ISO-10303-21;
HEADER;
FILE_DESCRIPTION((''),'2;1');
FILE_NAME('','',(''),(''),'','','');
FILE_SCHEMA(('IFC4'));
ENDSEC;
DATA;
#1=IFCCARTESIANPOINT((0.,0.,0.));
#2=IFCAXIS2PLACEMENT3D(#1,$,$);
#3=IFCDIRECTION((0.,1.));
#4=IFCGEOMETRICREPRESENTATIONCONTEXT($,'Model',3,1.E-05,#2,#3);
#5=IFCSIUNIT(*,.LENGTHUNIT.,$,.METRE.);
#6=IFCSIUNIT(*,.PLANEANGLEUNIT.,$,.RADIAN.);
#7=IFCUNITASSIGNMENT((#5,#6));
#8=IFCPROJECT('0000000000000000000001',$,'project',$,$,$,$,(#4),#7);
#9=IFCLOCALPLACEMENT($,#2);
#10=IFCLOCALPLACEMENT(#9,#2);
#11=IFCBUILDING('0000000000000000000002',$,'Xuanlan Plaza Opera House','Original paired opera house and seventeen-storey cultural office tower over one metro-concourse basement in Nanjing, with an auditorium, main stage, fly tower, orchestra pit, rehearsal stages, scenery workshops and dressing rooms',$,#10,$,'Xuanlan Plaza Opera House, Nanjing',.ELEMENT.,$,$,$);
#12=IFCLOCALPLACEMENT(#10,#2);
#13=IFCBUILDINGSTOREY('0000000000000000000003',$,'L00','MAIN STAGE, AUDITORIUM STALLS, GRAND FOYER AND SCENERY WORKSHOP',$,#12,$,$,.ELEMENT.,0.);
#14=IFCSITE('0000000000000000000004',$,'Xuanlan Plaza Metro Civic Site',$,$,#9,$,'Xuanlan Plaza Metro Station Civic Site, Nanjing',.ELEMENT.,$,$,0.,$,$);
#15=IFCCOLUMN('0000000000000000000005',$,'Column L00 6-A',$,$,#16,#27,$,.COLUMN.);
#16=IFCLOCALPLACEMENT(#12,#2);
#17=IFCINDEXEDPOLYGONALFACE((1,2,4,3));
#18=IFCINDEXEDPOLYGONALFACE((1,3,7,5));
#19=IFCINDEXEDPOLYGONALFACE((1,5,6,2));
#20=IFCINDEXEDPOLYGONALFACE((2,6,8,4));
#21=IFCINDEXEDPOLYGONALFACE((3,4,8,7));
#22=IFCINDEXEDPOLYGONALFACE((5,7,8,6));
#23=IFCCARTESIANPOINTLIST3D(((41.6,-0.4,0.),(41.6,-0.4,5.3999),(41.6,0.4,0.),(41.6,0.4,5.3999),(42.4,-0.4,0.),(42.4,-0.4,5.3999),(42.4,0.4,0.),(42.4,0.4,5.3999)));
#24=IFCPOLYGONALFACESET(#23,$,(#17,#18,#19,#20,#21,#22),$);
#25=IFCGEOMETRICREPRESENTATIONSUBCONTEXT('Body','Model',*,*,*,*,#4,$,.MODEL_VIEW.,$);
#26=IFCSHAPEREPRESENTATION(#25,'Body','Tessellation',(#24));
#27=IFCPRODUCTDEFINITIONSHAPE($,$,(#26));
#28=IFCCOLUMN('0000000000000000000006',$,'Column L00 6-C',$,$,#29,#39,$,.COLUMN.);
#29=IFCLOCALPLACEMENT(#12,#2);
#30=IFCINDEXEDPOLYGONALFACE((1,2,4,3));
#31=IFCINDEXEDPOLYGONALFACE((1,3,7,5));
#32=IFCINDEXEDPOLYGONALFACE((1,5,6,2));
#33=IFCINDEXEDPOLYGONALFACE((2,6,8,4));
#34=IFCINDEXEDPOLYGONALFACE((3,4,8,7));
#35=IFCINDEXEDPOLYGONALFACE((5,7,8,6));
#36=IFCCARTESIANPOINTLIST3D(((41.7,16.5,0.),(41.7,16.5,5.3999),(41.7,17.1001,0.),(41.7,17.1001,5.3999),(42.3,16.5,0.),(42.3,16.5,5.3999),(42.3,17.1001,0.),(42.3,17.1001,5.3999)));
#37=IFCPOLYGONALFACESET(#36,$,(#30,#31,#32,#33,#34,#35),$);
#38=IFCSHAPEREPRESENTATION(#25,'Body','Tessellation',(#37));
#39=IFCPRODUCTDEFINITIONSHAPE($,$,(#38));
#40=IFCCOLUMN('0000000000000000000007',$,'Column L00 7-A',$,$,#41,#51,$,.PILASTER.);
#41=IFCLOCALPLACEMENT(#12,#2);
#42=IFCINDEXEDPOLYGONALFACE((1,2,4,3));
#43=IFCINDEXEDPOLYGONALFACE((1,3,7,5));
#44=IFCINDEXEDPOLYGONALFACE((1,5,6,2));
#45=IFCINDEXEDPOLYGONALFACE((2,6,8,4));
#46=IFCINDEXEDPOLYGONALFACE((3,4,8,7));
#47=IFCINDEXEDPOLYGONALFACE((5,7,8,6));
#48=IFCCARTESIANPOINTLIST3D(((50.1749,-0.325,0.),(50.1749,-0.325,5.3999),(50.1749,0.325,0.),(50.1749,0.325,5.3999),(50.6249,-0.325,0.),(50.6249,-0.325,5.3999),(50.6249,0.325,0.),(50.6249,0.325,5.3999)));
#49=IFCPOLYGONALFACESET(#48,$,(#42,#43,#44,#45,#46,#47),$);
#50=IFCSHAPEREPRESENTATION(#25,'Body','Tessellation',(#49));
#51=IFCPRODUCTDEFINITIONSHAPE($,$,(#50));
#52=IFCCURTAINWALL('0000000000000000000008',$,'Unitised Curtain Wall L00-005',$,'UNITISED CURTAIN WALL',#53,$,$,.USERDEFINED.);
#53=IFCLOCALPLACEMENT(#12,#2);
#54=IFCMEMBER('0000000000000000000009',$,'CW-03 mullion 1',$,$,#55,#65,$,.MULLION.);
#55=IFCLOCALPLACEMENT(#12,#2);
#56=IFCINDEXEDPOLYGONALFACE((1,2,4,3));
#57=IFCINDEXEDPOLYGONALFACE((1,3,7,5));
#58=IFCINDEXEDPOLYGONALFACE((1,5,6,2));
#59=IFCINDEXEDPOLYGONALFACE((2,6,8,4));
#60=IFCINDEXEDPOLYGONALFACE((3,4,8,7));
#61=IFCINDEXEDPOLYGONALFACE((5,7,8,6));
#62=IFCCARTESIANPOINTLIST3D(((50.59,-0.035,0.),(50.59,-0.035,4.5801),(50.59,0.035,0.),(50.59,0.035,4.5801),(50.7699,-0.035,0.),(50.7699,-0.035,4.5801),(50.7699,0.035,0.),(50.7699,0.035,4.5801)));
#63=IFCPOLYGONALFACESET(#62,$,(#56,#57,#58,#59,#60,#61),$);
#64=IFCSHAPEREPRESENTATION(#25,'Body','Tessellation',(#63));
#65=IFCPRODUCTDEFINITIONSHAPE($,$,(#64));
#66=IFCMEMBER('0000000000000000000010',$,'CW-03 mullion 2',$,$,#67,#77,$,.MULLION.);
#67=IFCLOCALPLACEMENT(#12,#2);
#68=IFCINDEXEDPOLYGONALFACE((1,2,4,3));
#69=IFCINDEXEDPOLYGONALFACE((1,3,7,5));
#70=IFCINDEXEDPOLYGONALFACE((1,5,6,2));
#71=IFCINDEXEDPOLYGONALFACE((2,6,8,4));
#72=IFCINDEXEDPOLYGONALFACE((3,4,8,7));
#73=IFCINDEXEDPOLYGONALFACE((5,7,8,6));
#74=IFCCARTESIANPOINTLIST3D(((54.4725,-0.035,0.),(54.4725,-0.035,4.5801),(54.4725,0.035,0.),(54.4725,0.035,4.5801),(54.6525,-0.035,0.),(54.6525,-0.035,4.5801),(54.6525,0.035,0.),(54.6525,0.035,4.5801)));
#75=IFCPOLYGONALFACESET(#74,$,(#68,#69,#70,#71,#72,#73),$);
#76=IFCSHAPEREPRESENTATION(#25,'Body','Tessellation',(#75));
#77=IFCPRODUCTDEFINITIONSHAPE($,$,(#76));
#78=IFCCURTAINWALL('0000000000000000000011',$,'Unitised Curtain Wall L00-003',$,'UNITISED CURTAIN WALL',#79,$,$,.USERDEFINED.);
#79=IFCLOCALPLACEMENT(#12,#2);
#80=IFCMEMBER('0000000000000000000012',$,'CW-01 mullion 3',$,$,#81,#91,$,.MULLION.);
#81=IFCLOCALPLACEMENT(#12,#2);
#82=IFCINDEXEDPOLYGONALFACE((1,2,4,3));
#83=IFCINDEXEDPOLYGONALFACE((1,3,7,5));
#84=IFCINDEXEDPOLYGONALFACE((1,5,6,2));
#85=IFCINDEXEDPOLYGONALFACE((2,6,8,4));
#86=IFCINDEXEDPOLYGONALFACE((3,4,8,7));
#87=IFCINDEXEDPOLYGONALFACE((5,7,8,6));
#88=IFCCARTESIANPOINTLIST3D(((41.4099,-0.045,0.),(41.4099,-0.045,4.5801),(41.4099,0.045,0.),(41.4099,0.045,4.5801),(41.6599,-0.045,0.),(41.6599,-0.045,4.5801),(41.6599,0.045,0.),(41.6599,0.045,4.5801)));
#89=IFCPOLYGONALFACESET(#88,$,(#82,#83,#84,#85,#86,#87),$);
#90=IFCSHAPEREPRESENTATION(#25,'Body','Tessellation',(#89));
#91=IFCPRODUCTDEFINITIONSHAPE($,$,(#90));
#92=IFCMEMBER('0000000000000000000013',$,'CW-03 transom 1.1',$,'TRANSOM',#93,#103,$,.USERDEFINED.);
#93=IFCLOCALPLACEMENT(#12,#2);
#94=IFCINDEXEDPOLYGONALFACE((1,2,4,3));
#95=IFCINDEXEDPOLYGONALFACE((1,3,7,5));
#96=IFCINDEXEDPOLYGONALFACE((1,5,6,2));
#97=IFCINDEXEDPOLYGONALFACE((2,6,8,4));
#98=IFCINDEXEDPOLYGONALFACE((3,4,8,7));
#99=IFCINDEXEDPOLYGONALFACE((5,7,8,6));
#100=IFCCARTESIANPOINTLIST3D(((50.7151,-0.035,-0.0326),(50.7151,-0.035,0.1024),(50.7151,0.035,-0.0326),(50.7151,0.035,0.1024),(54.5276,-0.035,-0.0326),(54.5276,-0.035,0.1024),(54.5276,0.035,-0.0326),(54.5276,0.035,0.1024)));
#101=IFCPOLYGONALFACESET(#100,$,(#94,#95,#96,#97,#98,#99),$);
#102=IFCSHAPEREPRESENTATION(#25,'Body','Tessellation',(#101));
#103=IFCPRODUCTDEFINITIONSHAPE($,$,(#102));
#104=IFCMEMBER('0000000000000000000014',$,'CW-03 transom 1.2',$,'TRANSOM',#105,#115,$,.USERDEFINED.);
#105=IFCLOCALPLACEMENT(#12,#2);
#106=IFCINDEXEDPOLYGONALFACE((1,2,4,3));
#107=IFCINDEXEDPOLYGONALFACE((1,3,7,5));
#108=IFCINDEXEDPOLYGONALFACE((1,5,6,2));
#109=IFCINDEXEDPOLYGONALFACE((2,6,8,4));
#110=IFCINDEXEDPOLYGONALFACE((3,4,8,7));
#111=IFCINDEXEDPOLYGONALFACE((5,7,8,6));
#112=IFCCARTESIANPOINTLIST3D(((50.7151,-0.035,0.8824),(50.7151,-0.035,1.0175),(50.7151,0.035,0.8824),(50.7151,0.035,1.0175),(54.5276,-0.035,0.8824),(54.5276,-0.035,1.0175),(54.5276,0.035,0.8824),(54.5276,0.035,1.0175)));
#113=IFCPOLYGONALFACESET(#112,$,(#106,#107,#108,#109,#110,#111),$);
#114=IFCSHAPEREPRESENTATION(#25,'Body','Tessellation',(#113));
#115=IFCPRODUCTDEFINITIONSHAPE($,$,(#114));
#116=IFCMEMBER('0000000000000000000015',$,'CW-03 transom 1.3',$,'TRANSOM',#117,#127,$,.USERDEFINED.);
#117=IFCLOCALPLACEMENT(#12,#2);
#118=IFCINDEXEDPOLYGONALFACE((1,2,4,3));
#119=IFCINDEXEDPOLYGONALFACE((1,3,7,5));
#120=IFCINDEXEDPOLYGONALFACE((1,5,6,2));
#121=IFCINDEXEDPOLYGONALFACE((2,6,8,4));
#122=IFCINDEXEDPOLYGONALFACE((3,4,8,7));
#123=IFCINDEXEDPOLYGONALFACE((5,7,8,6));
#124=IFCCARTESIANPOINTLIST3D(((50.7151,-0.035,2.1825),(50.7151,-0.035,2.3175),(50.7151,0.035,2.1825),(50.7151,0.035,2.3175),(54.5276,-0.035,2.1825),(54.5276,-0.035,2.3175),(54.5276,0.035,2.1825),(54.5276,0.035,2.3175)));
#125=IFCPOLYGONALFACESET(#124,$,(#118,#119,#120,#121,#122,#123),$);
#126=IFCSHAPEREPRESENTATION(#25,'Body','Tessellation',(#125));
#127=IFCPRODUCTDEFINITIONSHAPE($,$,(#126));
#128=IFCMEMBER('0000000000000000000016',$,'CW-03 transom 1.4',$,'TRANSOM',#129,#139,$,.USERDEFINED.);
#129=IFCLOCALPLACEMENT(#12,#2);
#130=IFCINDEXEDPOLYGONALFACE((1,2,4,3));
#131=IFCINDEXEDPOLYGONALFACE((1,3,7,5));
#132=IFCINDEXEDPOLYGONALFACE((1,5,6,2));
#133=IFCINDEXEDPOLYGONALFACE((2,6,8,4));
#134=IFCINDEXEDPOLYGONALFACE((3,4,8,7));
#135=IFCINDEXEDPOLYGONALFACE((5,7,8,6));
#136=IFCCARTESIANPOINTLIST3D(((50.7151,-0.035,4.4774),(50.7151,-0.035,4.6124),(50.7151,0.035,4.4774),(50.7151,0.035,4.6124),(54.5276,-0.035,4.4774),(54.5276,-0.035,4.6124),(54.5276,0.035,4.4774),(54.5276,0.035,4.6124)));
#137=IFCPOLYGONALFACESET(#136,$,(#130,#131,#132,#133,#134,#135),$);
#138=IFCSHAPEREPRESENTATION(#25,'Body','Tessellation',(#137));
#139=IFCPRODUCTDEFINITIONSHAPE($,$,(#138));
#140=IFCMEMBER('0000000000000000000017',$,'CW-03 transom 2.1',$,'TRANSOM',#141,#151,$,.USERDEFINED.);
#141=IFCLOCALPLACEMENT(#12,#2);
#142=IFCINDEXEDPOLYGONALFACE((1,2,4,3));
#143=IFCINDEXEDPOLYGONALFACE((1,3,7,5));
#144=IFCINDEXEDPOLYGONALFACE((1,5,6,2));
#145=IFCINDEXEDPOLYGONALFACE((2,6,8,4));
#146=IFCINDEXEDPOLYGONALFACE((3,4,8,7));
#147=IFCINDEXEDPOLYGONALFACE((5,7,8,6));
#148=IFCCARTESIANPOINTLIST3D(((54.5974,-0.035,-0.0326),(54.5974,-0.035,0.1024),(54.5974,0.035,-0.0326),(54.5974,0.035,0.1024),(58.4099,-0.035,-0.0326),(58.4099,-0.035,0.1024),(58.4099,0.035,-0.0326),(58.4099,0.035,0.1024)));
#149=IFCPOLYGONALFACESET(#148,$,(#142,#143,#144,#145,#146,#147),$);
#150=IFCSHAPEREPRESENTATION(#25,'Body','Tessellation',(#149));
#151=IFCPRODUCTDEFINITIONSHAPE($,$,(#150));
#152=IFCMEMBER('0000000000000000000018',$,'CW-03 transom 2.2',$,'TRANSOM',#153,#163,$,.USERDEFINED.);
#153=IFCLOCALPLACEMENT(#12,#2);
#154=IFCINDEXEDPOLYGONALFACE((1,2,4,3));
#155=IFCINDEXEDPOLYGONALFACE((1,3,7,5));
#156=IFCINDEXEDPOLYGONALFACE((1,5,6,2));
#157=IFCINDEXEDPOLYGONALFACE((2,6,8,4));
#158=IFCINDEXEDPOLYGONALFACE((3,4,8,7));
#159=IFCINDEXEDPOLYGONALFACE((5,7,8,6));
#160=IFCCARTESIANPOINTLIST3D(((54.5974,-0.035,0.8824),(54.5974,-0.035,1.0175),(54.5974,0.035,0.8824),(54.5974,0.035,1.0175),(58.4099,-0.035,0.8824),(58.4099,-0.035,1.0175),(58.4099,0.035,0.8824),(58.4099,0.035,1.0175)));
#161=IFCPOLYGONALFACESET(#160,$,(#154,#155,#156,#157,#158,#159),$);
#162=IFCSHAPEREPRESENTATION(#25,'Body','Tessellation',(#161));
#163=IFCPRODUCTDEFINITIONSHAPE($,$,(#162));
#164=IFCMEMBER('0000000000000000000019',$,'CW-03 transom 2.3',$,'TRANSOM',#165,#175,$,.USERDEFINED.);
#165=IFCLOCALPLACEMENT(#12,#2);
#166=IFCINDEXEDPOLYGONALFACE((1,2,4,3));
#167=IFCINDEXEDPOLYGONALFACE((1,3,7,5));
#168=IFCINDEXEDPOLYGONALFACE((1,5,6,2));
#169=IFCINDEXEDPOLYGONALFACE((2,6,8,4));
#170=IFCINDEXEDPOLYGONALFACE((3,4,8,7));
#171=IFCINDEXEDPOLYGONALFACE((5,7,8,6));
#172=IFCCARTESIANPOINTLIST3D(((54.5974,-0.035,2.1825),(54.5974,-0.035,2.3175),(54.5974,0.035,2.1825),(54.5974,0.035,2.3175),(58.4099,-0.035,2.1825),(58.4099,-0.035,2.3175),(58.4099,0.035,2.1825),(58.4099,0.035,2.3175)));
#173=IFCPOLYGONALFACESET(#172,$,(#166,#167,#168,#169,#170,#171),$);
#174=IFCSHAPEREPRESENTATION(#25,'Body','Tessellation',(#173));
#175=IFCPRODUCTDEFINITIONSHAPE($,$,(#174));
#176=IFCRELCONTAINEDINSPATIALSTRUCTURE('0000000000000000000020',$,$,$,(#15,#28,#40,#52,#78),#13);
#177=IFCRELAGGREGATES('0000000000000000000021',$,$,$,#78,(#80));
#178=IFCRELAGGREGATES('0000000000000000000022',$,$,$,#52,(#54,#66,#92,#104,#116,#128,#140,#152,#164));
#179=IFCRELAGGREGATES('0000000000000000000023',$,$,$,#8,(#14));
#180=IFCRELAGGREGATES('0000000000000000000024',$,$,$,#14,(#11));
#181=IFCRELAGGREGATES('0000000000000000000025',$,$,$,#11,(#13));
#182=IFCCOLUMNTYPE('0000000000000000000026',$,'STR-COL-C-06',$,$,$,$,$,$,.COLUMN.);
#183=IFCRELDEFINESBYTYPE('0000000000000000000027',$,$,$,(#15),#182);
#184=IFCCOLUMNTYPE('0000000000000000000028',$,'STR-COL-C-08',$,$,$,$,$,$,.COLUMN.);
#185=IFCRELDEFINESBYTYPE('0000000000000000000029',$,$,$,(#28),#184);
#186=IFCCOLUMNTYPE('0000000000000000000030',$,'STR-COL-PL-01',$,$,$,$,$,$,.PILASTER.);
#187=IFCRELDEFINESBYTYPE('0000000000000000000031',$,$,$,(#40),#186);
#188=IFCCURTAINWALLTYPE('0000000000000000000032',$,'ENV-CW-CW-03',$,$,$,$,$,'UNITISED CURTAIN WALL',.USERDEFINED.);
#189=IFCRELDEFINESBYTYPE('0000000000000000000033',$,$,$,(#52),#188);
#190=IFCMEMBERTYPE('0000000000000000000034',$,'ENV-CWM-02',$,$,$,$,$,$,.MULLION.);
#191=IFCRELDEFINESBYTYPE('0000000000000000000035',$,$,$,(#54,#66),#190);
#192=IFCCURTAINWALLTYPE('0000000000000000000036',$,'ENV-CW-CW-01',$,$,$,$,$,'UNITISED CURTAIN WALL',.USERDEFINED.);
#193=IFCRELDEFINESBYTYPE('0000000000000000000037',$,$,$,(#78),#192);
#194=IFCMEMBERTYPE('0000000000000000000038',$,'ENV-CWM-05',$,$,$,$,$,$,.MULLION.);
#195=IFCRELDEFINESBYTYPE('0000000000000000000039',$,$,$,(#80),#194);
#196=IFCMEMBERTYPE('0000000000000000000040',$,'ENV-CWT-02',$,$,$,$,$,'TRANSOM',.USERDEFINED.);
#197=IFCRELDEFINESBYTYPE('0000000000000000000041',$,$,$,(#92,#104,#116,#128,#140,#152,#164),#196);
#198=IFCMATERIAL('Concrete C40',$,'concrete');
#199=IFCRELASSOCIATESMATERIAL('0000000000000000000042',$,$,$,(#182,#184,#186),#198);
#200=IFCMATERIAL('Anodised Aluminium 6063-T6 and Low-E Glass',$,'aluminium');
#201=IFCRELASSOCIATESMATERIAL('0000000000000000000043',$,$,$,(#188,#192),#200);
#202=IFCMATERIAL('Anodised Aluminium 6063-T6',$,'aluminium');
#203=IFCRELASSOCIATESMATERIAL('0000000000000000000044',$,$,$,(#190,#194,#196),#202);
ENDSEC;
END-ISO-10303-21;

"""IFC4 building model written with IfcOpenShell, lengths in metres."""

from ifc_helpers import new_model, si_unit, direction, frame, origin, origin_2d, place, context, subcontext, project, spatial, rectangle, extrude, material, material_profile, profile_set, type_object, element, aggregate, save


model = new_model("IFC4")

# Units and contexts
model_context = context("Model", 3, precision=1e-05, world=origin(), true_north=direction((0.0, 1.0)))
body_context = subcontext(model_context, "Body", "Model", "MODEL_VIEW")
ifc_project = project(units=[si_unit("LENGTHUNIT", "METRE"), si_unit("PLANEANGLEUNIT", "RADIAN")], contexts=[model_context])

# Site, building, storey
site_placement = place(None, origin())
site = spatial("IfcSite", under=ifc_project, at=site_placement, Name="Xuanlan Plaza Metro Civic Site", LongName="Xuanlan Plaza Metro Station Civic Site, Nanjing", CompositionType="ELEMENT", RefElevation=0.0)
building_placement = place(site_placement, origin())
building = spatial("IfcBuilding", under=site, at=building_placement, Name="Xuanlan Plaza Opera House", Description="Original paired opera house and seventeen-storey cultural office tower over one metro-concourse basement in Nanjing, with an auditorium, main stage, fly tower, orchestra pit, rehearsal stages, scenery workshops and dressing rooms", LongName="Xuanlan Plaza Opera House, Nanjing", CompositionType="ELEMENT")
storey_placement = place(building_placement, origin())
storey = spatial("IfcBuildingStorey", under=building, at=storey_placement, Name="L00", Description="MAIN STAGE, AUDITORIUM STALLS, GRAND FOYER AND SCENERY WORKSHOP", CompositionType="ELEMENT", Elevation=0.0)

# Columns
ifc_material_1 = material(Name="Concrete C40", Category="concrete")
ifc_material_profile_1 = material_profile(ifc_material_1, rectangle(XDim=0.8, YDim=0.8, at=origin_2d()), Name="RC-COL 800x800")
ifc_profile_set_1 = profile_set([ifc_material_profile_1], Name="Concrete C40")
column_type_1 = type_object("IfcColumnType", Name="STR-COL-C-06", PredefinedType="COLUMN", material=ifc_profile_set_1)
column_1_placement = place(storey_placement, frame((42.0, 0.0, 0.0), z_axis=(0.0, 0.0, 1.0), x_axis=(1.0, 0.0, 0.0)))
element("IfcColumn", 1, at=column_1_placement, inside=storey, type_object=column_type_1, Name="Column L00 6-A", PredefinedType="COLUMN", context=body_context, shape_type="SweptSolid", body=[
    extrude(rectangle(XDim=0.8, YDim=0.8, at=origin_2d()), origin(), (0.0, 0.0, 1.0), 5.3999),
])
ifc_material_profile_2 = material_profile(ifc_material_1, rectangle(XDim=0.6001, YDim=0.6001, at=origin_2d()), Name="RC-COL 600x600")
ifc_profile_set_2 = profile_set([ifc_material_profile_2], Name="Concrete C40")
column_type_2 = type_object("IfcColumnType", Name="STR-COL-C-08", PredefinedType="COLUMN", material=ifc_profile_set_2)
column_2_placement = place(storey_placement, frame((42.0, 16.8, 0.0), z_axis=(0.0, 0.0, 1.0), x_axis=(1.0, 0.0, 0.0)))
element("IfcColumn", 2, at=column_2_placement, inside=storey, type_object=column_type_2, Name="Column L00 6-C", PredefinedType="COLUMN", context=body_context, shape_type="SweptSolid", body=[
    extrude(rectangle(XDim=0.6001, YDim=0.6001, at=origin_2d()), origin(), (0.0, 0.0, 1.0), 5.3999),
])
ifc_material_profile_3 = material_profile(ifc_material_1, rectangle(XDim=0.45, YDim=0.6499, at=origin_2d()), Name="RC-PIL 450x650")
ifc_profile_set_3 = profile_set([ifc_material_profile_3], Name="Concrete C40")
column_type_3 = type_object("IfcColumnType", Name="STR-COL-PL-01", PredefinedType="PILASTER", material=ifc_profile_set_3)
column_3_placement = place(storey_placement, frame((50.3999, 0.0, 0.0), z_axis=(0.0, 0.0, 1.0), x_axis=(1.0, 0.0, 0.0)))
element("IfcColumn", 3, at=column_3_placement, inside=storey, type_object=column_type_3, Name="Column L00 7-A", PredefinedType="PILASTER", context=body_context, shape_type="SweptSolid", body=[
    extrude(rectangle(XDim=0.45, YDim=0.6499, at=origin_2d()), origin(), (0.0, 0.0, 1.0), 5.3999),
])

# Curtain wall, members
ifc_material_2 = material(Name="Anodised Aluminium 6063-T6 and Low-E Glass", Category="aluminium")
curtain_wall_type_1 = type_object("IfcCurtainWallType", Name="ENV-CW-CW-03", ElementType="UNITISED CURTAIN WALL", PredefinedType="USERDEFINED", material=ifc_material_2)
curtain_wall_1_placement = place(storey_placement, origin())
curtain_wall_1 = element("IfcCurtainWall", 4, at=curtain_wall_1_placement, inside=storey, type_object=curtain_wall_type_1, Name="Unitised Curtain Wall L00-005", ObjectType="UNITISED CURTAIN WALL", PredefinedType="USERDEFINED")
ifc_material_3 = material(Name="Anodised Aluminium 6063-T6", Category="aluminium")
ifc_material_profile_4 = material_profile(ifc_material_3, rectangle(XDim=0.0701, YDim=0.1799, at=origin_2d()), Name="ALU-M 70x180")
ifc_profile_set_4 = profile_set([ifc_material_profile_4], Name="Anodised Aluminium 6063-T6")
member_type_1 = type_object("IfcMemberType", Name="ENV-CWM-02", PredefinedType="MULLION", material=ifc_profile_set_4)
member_1_placement = place(storey_placement, frame((50.6799, 0.0, 0.0), z_axis=(0.0, 0.0, 1.0), x_axis=(0.0, 1.0, 0.0)))
member_1 = element("IfcMember", 5, at=member_1_placement, type_object=member_type_1, Name="CW-03 mullion 1", PredefinedType="MULLION", context=body_context, shape_type="SweptSolid", body=[
    extrude(rectangle(XDim=0.0701, YDim=0.1799, at=origin_2d()), origin(), (0.0, 0.0, 1.0), 4.5801),
])
member_2_placement = place(storey_placement, frame((54.5625, 0.0, 0.0), z_axis=(0.0, 0.0, 1.0), x_axis=(0.0, 1.0, 0.0)))
member_2 = element("IfcMember", 6, at=member_2_placement, type_object=member_type_1, Name="CW-03 mullion 2", PredefinedType="MULLION", context=body_context, shape_type="SweptSolid", body=[
    extrude(rectangle(XDim=0.0701, YDim=0.1799, at=origin_2d()), origin(), (0.0, 0.0, 1.0), 4.5801),
])

# Curtain wall, member
curtain_wall_type_2 = type_object("IfcCurtainWallType", Name="ENV-CW-CW-01", ElementType="UNITISED CURTAIN WALL", PredefinedType="USERDEFINED", material=ifc_material_2)
curtain_wall_2_placement = place(storey_placement, origin())
curtain_wall_2 = element("IfcCurtainWall", 7, at=curtain_wall_2_placement, inside=storey, type_object=curtain_wall_type_2, Name="Unitised Curtain Wall L00-003", ObjectType="UNITISED CURTAIN WALL", PredefinedType="USERDEFINED")
ifc_material_profile_5 = material_profile(ifc_material_3, rectangle(XDim=0.0901, YDim=0.25, at=origin_2d()), Name="ALU-M 90x250")
ifc_profile_set_5 = profile_set([ifc_material_profile_5], Name="Anodised Aluminium 6063-T6")
member_type_2 = type_object("IfcMemberType", Name="ENV-CWM-05", PredefinedType="MULLION", material=ifc_profile_set_5)
member_3_placement = place(storey_placement, frame((41.5349, 0.0, 0.0), z_axis=(0.0, 0.0, 1.0), x_axis=(0.0, 1.0, 0.0)))
member_3 = element("IfcMember", 8, at=member_3_placement, type_object=member_type_2, Name="CW-01 mullion 3", PredefinedType="MULLION", context=body_context, shape_type="SweptSolid", body=[
    extrude(rectangle(XDim=0.0901, YDim=0.25, at=origin_2d()), origin(), (0.0, 0.0, 1.0), 4.5801),
])

# Members
ifc_material_profile_6 = material_profile(ifc_material_3, rectangle(XDim=0.0701, YDim=0.135, at=origin_2d()), Name="ALU-T 70x135")
ifc_profile_set_6 = profile_set([ifc_material_profile_6], Name="Anodised Aluminium 6063-T6")
member_type_3 = type_object("IfcMemberType", Name="ENV-CWT-02", ElementType="TRANSOM", PredefinedType="USERDEFINED", material=ifc_profile_set_6)
member_4_placement = place(storey_placement, frame((50.7151, 0.0, 0.0349), z_axis=(1.0, 0.0, 0.0), x_axis=(0.0, 1.0, 0.0)))
member_4 = element("IfcMember", 9, at=member_4_placement, type_object=member_type_3, Name="CW-03 transom 1.1", ObjectType="TRANSOM", PredefinedType="USERDEFINED", context=body_context, shape_type="SweptSolid", body=[
    extrude(rectangle(XDim=0.0701, YDim=0.135, at=origin_2d()), origin(), (0.0, 0.0, 1.0), 3.8125),
])
member_5_placement = place(storey_placement, frame((50.7151, 0.0, 0.95), z_axis=(1.0, 0.0, 0.0), x_axis=(0.0, 1.0, 0.0)))
member_5 = element("IfcMember", 10, at=member_5_placement, type_object=member_type_3, Name="CW-03 transom 1.2", ObjectType="TRANSOM", PredefinedType="USERDEFINED", context=body_context, shape_type="SweptSolid", body=[
    extrude(rectangle(XDim=0.0701, YDim=0.135, at=origin_2d()), origin(), (0.0, 0.0, 1.0), 3.8125),
])
member_6_placement = place(storey_placement, frame((50.7151, 0.0, 2.25), z_axis=(1.0, 0.0, 0.0), x_axis=(0.0, 1.0, 0.0)))
member_6 = element("IfcMember", 11, at=member_6_placement, type_object=member_type_3, Name="CW-03 transom 1.3", ObjectType="TRANSOM", PredefinedType="USERDEFINED", context=body_context, shape_type="SweptSolid", body=[
    extrude(rectangle(XDim=0.0701, YDim=0.135, at=origin_2d()), origin(), (0.0, 0.0, 1.0), 3.8125),
])
member_7_placement = place(storey_placement, frame((50.7151, 0.0, 4.5449), z_axis=(1.0, 0.0, 0.0), x_axis=(0.0, 1.0, 0.0)))
member_7 = element("IfcMember", 12, at=member_7_placement, type_object=member_type_3, Name="CW-03 transom 1.4", ObjectType="TRANSOM", PredefinedType="USERDEFINED", context=body_context, shape_type="SweptSolid", body=[
    extrude(rectangle(XDim=0.0701, YDim=0.135, at=origin_2d()), origin(), (0.0, 0.0, 1.0), 3.8125),
])
member_8_placement = place(storey_placement, frame((54.5974, 0.0, 0.0349), z_axis=(1.0, 0.0, 0.0), x_axis=(0.0, 1.0, 0.0)))
member_8 = element("IfcMember", 13, at=member_8_placement, type_object=member_type_3, Name="CW-03 transom 2.1", ObjectType="TRANSOM", PredefinedType="USERDEFINED", context=body_context, shape_type="SweptSolid", body=[
    extrude(rectangle(XDim=0.0701, YDim=0.135, at=origin_2d()), origin(), (0.0, 0.0, 1.0), 3.8125),
])
member_9_placement = place(storey_placement, frame((54.5974, 0.0, 0.95), z_axis=(1.0, 0.0, 0.0), x_axis=(0.0, 1.0, 0.0)))
member_9 = element("IfcMember", 14, at=member_9_placement, type_object=member_type_3, Name="CW-03 transom 2.2", ObjectType="TRANSOM", PredefinedType="USERDEFINED", context=body_context, shape_type="SweptSolid", body=[
    extrude(rectangle(XDim=0.0701, YDim=0.135, at=origin_2d()), origin(), (0.0, 0.0, 1.0), 3.8125),
])
member_10_placement = place(storey_placement, frame((54.5974, 0.0, 2.25), z_axis=(1.0, 0.0, 0.0), x_axis=(0.0, 1.0, 0.0)))
member_10 = element("IfcMember", 15, at=member_10_placement, type_object=member_type_3, Name="CW-03 transom 2.3", ObjectType="TRANSOM", PredefinedType="USERDEFINED", context=body_context, shape_type="SweptSolid", body=[
    extrude(rectangle(XDim=0.0701, YDim=0.135, at=origin_2d()), origin(), (0.0, 0.0, 1.0), 3.8125),
])

aggregate(curtain_wall_2, [member_3])
aggregate(curtain_wall_1, [member_1, member_2, member_4, member_5, member_6, member_7, member_8, member_9, member_10])

save(model, "model.ifc")
